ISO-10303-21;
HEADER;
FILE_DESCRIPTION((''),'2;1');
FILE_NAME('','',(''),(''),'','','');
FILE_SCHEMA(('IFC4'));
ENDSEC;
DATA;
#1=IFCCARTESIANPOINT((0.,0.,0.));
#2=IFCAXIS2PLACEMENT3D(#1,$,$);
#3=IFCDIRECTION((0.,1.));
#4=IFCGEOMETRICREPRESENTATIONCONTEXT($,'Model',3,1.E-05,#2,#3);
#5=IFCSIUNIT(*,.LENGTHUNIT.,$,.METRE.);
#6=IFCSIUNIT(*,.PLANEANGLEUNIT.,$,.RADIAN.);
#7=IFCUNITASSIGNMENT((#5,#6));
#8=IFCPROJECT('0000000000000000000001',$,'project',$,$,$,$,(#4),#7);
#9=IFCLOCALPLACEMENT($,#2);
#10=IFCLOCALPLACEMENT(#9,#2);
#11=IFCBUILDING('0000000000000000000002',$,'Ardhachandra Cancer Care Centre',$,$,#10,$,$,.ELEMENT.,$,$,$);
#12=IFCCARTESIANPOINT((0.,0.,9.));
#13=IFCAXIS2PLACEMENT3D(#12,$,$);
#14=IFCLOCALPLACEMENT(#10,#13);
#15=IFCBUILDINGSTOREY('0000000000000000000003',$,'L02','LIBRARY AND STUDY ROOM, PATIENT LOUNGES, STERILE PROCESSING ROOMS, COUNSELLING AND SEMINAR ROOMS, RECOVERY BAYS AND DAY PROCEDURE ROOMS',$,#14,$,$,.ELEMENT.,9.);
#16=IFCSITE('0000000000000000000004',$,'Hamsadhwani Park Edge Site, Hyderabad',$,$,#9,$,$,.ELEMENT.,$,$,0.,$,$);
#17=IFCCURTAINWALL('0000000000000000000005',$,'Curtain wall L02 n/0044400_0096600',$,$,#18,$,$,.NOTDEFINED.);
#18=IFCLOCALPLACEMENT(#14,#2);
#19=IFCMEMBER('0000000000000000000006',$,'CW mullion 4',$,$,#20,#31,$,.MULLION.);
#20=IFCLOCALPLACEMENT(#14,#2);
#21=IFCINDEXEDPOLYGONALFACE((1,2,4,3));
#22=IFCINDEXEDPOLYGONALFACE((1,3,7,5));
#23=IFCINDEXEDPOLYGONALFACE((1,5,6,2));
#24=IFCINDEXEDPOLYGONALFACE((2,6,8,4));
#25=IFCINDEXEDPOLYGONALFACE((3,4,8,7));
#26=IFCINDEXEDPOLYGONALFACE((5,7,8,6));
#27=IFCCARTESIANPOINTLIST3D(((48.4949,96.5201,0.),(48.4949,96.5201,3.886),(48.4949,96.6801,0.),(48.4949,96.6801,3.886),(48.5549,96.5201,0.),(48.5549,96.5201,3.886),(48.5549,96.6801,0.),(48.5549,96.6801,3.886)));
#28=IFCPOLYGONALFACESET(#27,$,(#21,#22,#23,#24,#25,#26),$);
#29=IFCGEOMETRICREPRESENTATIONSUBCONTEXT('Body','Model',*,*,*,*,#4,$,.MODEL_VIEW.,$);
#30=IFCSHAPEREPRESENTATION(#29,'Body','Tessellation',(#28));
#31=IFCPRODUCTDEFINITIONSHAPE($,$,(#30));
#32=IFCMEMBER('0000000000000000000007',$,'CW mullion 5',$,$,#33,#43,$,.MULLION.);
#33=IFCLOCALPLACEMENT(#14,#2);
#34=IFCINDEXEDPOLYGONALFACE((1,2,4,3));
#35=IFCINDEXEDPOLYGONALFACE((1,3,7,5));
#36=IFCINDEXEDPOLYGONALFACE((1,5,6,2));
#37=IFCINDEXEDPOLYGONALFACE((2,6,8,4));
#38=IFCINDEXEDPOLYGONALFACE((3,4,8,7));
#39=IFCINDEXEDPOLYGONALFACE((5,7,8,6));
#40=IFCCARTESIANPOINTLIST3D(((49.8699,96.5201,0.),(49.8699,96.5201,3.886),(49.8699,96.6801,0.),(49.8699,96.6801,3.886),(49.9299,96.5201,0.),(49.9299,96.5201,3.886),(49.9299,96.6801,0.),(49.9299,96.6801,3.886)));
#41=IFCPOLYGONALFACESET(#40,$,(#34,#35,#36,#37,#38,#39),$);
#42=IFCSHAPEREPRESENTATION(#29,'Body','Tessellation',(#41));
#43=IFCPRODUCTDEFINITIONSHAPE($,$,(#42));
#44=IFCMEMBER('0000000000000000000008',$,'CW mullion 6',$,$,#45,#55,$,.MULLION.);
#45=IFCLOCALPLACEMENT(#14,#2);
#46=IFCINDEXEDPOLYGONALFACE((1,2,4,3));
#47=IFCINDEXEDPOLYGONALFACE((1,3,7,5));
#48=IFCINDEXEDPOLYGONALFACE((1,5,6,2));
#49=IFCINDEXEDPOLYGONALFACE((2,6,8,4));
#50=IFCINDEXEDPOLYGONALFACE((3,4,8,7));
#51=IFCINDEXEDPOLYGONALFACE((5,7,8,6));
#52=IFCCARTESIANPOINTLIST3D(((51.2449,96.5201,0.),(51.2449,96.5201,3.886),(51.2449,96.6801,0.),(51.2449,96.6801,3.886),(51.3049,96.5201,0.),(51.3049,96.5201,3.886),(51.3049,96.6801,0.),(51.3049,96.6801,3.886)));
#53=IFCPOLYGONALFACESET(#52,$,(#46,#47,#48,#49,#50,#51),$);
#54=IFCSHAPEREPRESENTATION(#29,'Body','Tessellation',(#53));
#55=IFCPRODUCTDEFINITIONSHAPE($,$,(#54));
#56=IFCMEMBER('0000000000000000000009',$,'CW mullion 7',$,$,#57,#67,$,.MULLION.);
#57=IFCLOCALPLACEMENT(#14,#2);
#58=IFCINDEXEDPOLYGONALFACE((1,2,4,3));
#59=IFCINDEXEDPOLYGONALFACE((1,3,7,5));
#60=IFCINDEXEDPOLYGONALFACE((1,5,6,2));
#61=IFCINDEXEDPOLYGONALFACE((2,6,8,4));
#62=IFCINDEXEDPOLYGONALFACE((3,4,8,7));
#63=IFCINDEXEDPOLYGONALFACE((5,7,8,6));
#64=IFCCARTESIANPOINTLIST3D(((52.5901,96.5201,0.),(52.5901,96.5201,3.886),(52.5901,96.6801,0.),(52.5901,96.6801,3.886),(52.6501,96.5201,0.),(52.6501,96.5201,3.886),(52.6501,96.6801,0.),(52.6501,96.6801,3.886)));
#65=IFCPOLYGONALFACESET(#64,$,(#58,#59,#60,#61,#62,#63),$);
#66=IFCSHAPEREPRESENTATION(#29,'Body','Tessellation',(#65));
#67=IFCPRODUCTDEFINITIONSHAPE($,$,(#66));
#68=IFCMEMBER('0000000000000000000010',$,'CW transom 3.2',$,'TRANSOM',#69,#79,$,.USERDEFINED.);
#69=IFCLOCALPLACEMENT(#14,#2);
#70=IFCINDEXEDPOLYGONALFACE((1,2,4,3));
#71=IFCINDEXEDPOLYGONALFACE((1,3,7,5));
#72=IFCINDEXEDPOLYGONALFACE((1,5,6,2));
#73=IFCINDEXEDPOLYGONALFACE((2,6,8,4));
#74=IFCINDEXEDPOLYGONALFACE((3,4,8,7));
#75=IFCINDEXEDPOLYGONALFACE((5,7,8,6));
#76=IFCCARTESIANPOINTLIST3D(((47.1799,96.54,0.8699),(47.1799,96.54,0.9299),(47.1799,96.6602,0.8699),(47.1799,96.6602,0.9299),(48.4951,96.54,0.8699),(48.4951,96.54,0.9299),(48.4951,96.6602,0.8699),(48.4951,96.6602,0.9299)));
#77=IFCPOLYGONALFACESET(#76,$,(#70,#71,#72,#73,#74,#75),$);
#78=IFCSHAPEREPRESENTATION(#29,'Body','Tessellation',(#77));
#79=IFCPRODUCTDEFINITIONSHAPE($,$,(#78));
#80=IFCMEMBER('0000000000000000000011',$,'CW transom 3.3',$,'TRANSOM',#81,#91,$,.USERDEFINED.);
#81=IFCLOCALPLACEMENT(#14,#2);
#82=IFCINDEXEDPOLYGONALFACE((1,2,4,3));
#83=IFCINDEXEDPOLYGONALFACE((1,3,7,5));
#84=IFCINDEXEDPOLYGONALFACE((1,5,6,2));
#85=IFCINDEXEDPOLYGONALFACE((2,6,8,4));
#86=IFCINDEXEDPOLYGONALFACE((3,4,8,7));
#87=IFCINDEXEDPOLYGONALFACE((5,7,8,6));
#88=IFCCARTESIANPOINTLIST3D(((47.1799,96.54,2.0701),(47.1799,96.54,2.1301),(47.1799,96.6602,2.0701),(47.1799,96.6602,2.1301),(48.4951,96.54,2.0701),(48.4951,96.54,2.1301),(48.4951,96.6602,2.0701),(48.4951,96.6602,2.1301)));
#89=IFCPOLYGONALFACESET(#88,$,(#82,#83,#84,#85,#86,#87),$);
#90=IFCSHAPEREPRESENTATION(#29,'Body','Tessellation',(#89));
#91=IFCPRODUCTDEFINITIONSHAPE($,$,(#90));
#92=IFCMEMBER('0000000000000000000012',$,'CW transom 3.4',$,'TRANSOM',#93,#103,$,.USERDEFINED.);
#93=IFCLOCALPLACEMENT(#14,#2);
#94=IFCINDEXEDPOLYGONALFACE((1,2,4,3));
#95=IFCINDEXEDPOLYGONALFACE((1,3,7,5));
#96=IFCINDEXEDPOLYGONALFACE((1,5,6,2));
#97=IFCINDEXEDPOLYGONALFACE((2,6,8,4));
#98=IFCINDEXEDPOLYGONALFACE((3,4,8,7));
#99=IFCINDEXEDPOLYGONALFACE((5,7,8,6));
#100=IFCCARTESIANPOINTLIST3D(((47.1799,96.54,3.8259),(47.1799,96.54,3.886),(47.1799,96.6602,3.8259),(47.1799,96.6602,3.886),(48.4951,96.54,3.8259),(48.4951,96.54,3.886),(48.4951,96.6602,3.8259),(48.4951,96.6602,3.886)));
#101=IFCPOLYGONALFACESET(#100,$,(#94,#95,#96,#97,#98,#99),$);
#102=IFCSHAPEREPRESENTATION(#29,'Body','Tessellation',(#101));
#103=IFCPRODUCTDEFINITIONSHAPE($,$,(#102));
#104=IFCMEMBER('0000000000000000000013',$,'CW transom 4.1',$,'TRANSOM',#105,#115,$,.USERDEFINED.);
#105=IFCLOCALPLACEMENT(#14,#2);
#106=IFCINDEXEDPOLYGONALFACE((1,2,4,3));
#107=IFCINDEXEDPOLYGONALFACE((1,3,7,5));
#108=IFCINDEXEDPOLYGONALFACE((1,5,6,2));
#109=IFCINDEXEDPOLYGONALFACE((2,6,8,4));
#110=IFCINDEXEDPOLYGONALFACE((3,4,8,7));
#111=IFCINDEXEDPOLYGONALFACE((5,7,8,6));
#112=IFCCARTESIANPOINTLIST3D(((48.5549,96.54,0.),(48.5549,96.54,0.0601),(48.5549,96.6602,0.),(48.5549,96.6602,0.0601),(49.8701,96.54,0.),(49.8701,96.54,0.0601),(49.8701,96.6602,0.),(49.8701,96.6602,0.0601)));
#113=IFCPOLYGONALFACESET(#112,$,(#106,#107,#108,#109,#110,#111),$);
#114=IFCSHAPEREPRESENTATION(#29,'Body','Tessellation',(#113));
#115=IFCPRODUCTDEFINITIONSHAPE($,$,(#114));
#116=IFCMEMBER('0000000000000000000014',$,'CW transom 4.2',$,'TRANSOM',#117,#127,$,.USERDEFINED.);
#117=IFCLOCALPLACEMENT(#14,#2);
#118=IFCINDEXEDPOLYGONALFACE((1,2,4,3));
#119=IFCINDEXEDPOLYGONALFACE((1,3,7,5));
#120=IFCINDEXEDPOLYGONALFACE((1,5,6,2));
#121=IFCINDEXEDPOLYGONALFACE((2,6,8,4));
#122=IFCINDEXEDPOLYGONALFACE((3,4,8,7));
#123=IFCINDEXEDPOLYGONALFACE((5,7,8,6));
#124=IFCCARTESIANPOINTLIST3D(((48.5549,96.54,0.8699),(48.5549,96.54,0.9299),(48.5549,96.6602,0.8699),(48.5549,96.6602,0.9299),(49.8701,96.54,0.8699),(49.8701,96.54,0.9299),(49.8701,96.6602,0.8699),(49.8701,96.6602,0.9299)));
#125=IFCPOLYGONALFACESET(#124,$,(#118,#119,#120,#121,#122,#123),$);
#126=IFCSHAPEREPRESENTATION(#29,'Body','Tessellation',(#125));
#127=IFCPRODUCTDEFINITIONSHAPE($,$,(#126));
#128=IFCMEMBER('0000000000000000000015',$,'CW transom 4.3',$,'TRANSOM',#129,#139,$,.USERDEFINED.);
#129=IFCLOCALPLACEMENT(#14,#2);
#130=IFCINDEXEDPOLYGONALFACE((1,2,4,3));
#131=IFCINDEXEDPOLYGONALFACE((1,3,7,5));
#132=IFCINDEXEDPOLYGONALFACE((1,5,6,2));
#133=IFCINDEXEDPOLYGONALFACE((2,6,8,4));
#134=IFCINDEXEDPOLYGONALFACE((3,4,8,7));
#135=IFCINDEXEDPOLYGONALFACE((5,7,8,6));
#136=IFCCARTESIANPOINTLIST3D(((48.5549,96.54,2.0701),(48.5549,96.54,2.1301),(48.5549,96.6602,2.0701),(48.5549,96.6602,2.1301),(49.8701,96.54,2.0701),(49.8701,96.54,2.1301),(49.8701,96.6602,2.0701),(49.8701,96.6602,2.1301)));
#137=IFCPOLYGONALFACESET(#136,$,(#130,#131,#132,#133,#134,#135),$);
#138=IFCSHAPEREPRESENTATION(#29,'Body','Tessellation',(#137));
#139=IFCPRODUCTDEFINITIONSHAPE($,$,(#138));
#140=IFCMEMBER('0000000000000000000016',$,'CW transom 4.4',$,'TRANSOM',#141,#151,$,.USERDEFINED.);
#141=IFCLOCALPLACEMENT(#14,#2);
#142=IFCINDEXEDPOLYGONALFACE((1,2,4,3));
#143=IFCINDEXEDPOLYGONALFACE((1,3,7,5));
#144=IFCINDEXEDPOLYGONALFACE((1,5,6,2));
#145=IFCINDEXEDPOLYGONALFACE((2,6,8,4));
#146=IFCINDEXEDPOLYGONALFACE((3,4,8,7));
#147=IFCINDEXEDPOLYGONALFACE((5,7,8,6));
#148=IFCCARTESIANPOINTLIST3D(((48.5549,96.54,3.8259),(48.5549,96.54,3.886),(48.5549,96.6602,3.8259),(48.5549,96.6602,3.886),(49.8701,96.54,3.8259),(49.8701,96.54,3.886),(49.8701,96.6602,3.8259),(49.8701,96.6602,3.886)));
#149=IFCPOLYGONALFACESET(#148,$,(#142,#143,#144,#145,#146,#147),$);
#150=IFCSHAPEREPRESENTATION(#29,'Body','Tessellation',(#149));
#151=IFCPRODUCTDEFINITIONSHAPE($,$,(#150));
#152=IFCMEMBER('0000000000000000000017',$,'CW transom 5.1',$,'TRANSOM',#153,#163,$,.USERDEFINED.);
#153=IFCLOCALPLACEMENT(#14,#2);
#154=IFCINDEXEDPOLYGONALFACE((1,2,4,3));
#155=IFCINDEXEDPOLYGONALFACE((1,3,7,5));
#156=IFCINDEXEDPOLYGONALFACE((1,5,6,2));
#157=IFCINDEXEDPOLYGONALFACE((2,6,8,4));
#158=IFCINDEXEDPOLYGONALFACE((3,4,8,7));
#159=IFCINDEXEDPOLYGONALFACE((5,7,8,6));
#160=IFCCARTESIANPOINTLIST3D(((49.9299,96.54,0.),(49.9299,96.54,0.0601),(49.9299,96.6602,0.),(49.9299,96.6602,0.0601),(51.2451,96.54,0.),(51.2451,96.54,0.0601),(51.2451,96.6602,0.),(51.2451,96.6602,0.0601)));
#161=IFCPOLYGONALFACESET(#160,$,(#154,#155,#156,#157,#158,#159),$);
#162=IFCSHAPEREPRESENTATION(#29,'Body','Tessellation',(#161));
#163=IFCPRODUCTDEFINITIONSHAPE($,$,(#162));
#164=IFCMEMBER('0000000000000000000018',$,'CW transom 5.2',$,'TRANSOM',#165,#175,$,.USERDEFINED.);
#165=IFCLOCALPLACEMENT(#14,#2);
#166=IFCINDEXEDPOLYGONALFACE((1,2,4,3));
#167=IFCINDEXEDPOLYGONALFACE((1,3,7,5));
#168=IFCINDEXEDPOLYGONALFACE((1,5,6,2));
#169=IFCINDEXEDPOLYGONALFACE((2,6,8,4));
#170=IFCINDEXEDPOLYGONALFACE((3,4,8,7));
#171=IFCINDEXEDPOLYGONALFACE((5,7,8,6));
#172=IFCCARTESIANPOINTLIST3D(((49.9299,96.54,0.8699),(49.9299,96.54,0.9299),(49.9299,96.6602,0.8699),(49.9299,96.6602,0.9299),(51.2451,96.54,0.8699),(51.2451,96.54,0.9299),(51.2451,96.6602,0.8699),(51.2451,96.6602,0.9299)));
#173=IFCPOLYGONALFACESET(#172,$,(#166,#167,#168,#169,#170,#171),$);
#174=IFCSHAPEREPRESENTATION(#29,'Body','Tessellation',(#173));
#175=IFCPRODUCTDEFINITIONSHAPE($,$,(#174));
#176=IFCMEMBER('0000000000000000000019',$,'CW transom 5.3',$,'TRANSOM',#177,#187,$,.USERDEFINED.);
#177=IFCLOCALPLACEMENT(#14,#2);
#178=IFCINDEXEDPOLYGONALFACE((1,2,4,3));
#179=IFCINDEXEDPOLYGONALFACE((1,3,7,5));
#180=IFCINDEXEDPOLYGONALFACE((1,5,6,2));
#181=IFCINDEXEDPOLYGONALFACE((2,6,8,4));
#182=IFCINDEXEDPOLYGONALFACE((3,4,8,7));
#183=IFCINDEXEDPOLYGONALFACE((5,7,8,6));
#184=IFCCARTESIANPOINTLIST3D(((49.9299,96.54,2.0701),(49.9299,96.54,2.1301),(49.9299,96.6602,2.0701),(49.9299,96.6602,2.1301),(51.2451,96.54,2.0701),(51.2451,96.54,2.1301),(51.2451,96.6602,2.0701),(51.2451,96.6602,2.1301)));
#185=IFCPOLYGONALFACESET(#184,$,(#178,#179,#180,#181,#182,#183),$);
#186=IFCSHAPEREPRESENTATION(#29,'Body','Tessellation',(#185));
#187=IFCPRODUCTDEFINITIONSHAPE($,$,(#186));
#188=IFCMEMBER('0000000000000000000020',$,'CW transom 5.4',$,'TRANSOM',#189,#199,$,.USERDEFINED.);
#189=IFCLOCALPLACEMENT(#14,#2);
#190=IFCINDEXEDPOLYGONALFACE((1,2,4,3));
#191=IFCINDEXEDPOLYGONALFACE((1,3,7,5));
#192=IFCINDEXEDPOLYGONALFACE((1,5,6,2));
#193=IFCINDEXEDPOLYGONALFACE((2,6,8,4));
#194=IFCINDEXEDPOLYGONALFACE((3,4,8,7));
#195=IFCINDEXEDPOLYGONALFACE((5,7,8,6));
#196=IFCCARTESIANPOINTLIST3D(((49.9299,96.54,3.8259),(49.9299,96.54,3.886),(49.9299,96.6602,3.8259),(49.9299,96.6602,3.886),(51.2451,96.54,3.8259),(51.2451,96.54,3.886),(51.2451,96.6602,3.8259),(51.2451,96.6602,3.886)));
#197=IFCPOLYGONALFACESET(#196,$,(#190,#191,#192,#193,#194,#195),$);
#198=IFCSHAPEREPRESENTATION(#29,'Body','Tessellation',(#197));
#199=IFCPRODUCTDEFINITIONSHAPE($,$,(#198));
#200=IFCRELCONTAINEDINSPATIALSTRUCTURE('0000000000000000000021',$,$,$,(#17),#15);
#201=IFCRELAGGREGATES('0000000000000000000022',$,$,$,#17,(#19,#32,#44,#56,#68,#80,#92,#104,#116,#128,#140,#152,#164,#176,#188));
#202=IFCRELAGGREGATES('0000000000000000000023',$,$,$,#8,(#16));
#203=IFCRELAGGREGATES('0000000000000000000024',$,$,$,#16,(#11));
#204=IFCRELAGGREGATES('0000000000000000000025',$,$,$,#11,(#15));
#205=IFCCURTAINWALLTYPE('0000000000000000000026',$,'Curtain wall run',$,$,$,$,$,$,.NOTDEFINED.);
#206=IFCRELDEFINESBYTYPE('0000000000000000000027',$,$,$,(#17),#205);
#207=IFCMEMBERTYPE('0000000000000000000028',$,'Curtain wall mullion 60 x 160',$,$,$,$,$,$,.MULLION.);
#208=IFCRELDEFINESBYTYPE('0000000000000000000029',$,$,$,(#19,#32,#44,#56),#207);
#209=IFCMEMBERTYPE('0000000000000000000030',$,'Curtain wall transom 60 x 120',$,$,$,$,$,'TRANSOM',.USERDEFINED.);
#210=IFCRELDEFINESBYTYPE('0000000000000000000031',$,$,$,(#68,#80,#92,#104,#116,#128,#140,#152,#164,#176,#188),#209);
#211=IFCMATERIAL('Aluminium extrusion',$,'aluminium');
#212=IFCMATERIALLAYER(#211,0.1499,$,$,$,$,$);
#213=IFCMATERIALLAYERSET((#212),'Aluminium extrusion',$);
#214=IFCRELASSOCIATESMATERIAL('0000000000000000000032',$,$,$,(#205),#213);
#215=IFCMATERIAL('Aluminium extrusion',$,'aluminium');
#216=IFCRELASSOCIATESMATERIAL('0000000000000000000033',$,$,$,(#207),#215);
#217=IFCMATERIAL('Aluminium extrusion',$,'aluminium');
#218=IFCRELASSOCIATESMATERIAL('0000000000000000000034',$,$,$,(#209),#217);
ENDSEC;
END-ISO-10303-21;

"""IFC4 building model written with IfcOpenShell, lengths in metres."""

from ifc_helpers import new_model, si_unit, direction, frame, origin, origin_2d, place, context, subcontext, project, spatial, rectangle, extrude, material, layer, layer_set, material_profile, profile_set, type_object, element, aggregate, save


model = new_model("IFC4")

# Units and contexts
model_context = context("Model", 3, precision=1e-05, world=origin(), true_north=direction((0.0, 1.0)))
body_context = subcontext(model_context, "Body", "Model", "MODEL_VIEW")
ifc_project = project(units=[si_unit("LENGTHUNIT", "METRE"), si_unit("PLANEANGLEUNIT", "RADIAN")], contexts=[model_context])

# Site, building, storey
site_placement = place(None, origin())
site = spatial("IfcSite", under=ifc_project, at=site_placement, Name="Hamsadhwani Park Edge Site, Hyderabad", CompositionType="ELEMENT", RefElevation=0.0)
building_placement = place(site_placement, origin())
building = spatial("IfcBuilding", under=site, at=building_placement, Name="Ardhachandra Cancer Care Centre", CompositionType="ELEMENT")
storey_placement = place(building_placement, frame((0.0, 0.0, 9.0)))
storey = spatial("IfcBuildingStorey", under=building, at=storey_placement, Name="L02", Description="LIBRARY AND STUDY ROOM, PATIENT LOUNGES, STERILE PROCESSING ROOMS, COUNSELLING AND SEMINAR ROOMS, RECOVERY BAYS AND DAY PROCEDURE ROOMS", CompositionType="ELEMENT", Elevation=9.0)

# Curtain wall, members
ifc_material_1 = material(Name="Aluminium extrusion", Category="aluminium")
ifc_layer_1 = layer(ifc_material_1, 0.1499)
ifc_layer_set_1 = layer_set([ifc_layer_1], Name="Aluminium extrusion")
curtain_wall_type = type_object("IfcCurtainWallType", Name="Curtain wall run", PredefinedType="NOTDEFINED", material=ifc_layer_set_1)
curtain_wall_placement = place(storey_placement, origin())
curtain_wall = element("IfcCurtainWall", 1, at=curtain_wall_placement, inside=storey, type_object=curtain_wall_type, Name="Curtain wall L02 n/0044400_0096600", PredefinedType="NOTDEFINED")
ifc_material_2 = material(Name="Aluminium extrusion", Category="aluminium")
ifc_material_profile_1 = material_profile(ifc_material_2, rectangle(XDim=0.1599, YDim=0.0601, at=origin_2d()), Name="Curtain wall mullion 60 x 160")
ifc_profile_set_1 = profile_set([ifc_material_profile_1], Name="Aluminium extrusion")
member_type_1 = type_object("IfcMemberType", Name="Curtain wall mullion 60 x 160", PredefinedType="MULLION", material=ifc_profile_set_1)
member_1_placement = place(storey_placement, frame((48.5249, 96.6001, 0.0), z_axis=(0.0, 0.0, 1.0), x_axis=(0.0, 1.0, 0.0)))
member_1 = element("IfcMember", 2, at=member_1_placement, type_object=member_type_1, Name="CW mullion 4", PredefinedType="MULLION", context=body_context, shape_type="SweptSolid", body=[
    extrude(rectangle(XDim=0.1599, YDim=0.0601, at=origin_2d()), origin(), (0.0, 0.0, 1.0), 3.886),
])
member_2_placement = place(storey_placement, frame((49.8999, 96.6001, 0.0), z_axis=(0.0, 0.0, 1.0), x_axis=(0.0, 1.0, 0.0)))
member_2 = element("IfcMember", 3, at=member_2_placement, type_object=member_type_1, Name="CW mullion 5", PredefinedType="MULLION", context=body_context, shape_type="SweptSolid", body=[
    extrude(rectangle(XDim=0.1599, YDim=0.0601, at=origin_2d()), origin(), (0.0, 0.0, 1.0), 3.886),
])
member_3_placement = place(storey_placement, frame((51.2749, 96.6001, 0.0), z_axis=(0.0, 0.0, 1.0), x_axis=(0.0, 1.0, 0.0)))
member_3 = element("IfcMember", 4, at=member_3_placement, type_object=member_type_1, Name="CW mullion 6", PredefinedType="MULLION", context=body_context, shape_type="SweptSolid", body=[
    extrude(rectangle(XDim=0.1599, YDim=0.0601, at=origin_2d()), origin(), (0.0, 0.0, 1.0), 3.886),
])
member_4_placement = place(storey_placement, frame((52.6201, 96.6001, 0.0), z_axis=(0.0, 0.0, 1.0), x_axis=(0.0, 1.0, 0.0)))
member_4 = element("IfcMember", 5, at=member_4_placement, type_object=member_type_1, Name="CW mullion 7", PredefinedType="MULLION", context=body_context, shape_type="SweptSolid", body=[
    extrude(rectangle(XDim=0.1599, YDim=0.0601, at=origin_2d()), origin(), (0.0, 0.0, 1.0), 3.886),
])
ifc_material_3 = material(Name="Aluminium extrusion", Category="aluminium")
ifc_material_profile_2 = material_profile(ifc_material_3, rectangle(XDim=0.1201, YDim=0.0601, at=origin_2d()), Name="Curtain wall transom 60 x 120")
ifc_profile_set_2 = profile_set([ifc_material_profile_2], Name="Aluminium extrusion")
member_type_2 = type_object("IfcMemberType", Name="Curtain wall transom 60 x 120", ElementType="TRANSOM", PredefinedType="USERDEFINED", material=ifc_profile_set_2)
member_5_placement = place(storey_placement, frame((47.1799, 96.6001, 0.8999), z_axis=(1.0, 0.0, 0.0), x_axis=(0.0, 1.0, 0.0)))
member_5 = element("IfcMember", 6, at=member_5_placement, type_object=member_type_2, Name="CW transom 3.2", ObjectType="TRANSOM", PredefinedType="USERDEFINED", context=body_context, shape_type="SweptSolid", body=[
    extrude(rectangle(XDim=0.1201, YDim=0.0601, at=origin_2d()), origin(), (0.0, 0.0, 1.0), 1.3152),
])
member_6_placement = place(storey_placement, frame((47.1799, 96.6001, 2.1001), z_axis=(1.0, 0.0, 0.0), x_axis=(0.0, 1.0, 0.0)))
member_6 = element("IfcMember", 7, at=member_6_placement, type_object=member_type_2, Name="CW transom 3.3", ObjectType="TRANSOM", PredefinedType="USERDEFINED", context=body_context, shape_type="SweptSolid", body=[
    extrude(rectangle(XDim=0.1201, YDim=0.0601, at=origin_2d()), origin(), (0.0, 0.0, 1.0), 1.3152),
])
member_7_placement = place(storey_placement, frame((47.1799, 96.6001, 3.856), z_axis=(1.0, 0.0, 0.0), x_axis=(0.0, 1.0, 0.0)))
member_7 = element("IfcMember", 8, at=member_7_placement, type_object=member_type_2, Name="CW transom 3.4", ObjectType="TRANSOM", PredefinedType="USERDEFINED", context=body_context, shape_type="SweptSolid", body=[
    extrude(rectangle(XDim=0.1201, YDim=0.0601, at=origin_2d()), origin(), (0.0, 0.0, 1.0), 1.3152),
])
member_8_placement = place(storey_placement, frame((48.5549, 96.6001, 0.03), z_axis=(1.0, 0.0, 0.0), x_axis=(0.0, 1.0, 0.0)))
member_8 = element("IfcMember", 9, at=member_8_placement, type_object=member_type_2, Name="CW transom 4.1", ObjectType="TRANSOM", PredefinedType="USERDEFINED", context=body_context, shape_type="SweptSolid", body=[
    extrude(rectangle(XDim=0.1201, YDim=0.0601, at=origin_2d()), origin(), (0.0, 0.0, 1.0), 1.3152),
])
member_9_placement = place(storey_placement, frame((48.5549, 96.6001, 0.8999), z_axis=(1.0, 0.0, 0.0), x_axis=(0.0, 1.0, 0.0)))
member_9 = element("IfcMember", 10, at=member_9_placement, type_object=member_type_2, Name="CW transom 4.2", ObjectType="TRANSOM", PredefinedType="USERDEFINED", context=body_context, shape_type="SweptSolid", body=[
    extrude(rectangle(XDim=0.1201, YDim=0.0601, at=origin_2d()), origin(), (0.0, 0.0, 1.0), 1.3152),
])
member_10_placement = place(storey_placement, frame((48.5549, 96.6001, 2.1001), z_axis=(1.0, 0.0, 0.0), x_axis=(0.0, 1.0, 0.0)))
member_10 = element("IfcMember", 11, at=member_10_placement, type_object=member_type_2, Name="CW transom 4.3", ObjectType="TRANSOM", PredefinedType="USERDEFINED", context=body_context, shape_type="SweptSolid", body=[
    extrude(rectangle(XDim=0.1201, YDim=0.0601, at=origin_2d()), origin(), (0.0, 0.0, 1.0), 1.3152),
])
member_11_placement = place(storey_placement, frame((48.5549, 96.6001, 3.856), z_axis=(1.0, 0.0, 0.0), x_axis=(0.0, 1.0, 0.0)))
member_11 = element("IfcMember", 12, at=member_11_placement, type_object=member_type_2, Name="CW transom 4.4", ObjectType="TRANSOM", PredefinedType="USERDEFINED", context=body_context, shape_type="SweptSolid", body=[
    extrude(rectangle(XDim=0.1201, YDim=0.0601, at=origin_2d()), origin(), (0.0, 0.0, 1.0), 1.3152),
])
member_12_placement = place(storey_placement, frame((49.9299, 96.6001, 0.03), z_axis=(1.0, 0.0, 0.0), x_axis=(0.0, 1.0, 0.0)))
member_12 = element("IfcMember", 13, at=member_12_placement, type_object=member_type_2, Name="CW transom 5.1", ObjectType="TRANSOM", PredefinedType="USERDEFINED", context=body_context, shape_type="SweptSolid", body=[
    extrude(rectangle(XDim=0.1201, YDim=0.0601, at=origin_2d()), origin(), (0.0, 0.0, 1.0), 1.3152),
])
member_13_placement = place(storey_placement, frame((49.9299, 96.6001, 0.8999), z_axis=(1.0, 0.0, 0.0), x_axis=(0.0, 1.0, 0.0)))
member_13 = element("IfcMember", 14, at=member_13_placement, type_object=member_type_2, Name="CW transom 5.2", ObjectType="TRANSOM", PredefinedType="USERDEFINED", context=body_context, shape_type="SweptSolid", body=[
    extrude(rectangle(XDim=0.1201, YDim=0.0601, at=origin_2d()), origin(), (0.0, 0.0, 1.0), 1.3152),
])
member_14_placement = place(storey_placement, frame((49.9299, 96.6001, 2.1001), z_axis=(1.0, 0.0, 0.0), x_axis=(0.0, 1.0, 0.0)))
member_14 = element("IfcMember", 15, at=member_14_placement, type_object=member_type_2, Name="CW transom 5.3", ObjectType="TRANSOM", PredefinedType="USERDEFINED", context=body_context, shape_type="SweptSolid", body=[
    extrude(rectangle(XDim=0.1201, YDim=0.0601, at=origin_2d()), origin(), (0.0, 0.0, 1.0), 1.3152),
])
member_15_placement = place(storey_placement, frame((49.9299, 96.6001, 3.856), z_axis=(1.0, 0.0, 0.0), x_axis=(0.0, 1.0, 0.0)))
member_15 = element("IfcMember", 16, at=member_15_placement, type_object=member_type_2, Name="CW transom 5.4", ObjectType="TRANSOM", PredefinedType="USERDEFINED", context=body_context, shape_type="SweptSolid", body=[
    extrude(rectangle(XDim=0.1201, YDim=0.0601, at=origin_2d()), origin(), (0.0, 0.0, 1.0), 1.3152),
])
aggregate(curtain_wall, [member_1, member_2, member_3, member_4, member_5, member_6, member_7, member_8, member_9, member_10, member_11, member_12, member_13, member_14, member_15])

save(model, "model.ifc")
